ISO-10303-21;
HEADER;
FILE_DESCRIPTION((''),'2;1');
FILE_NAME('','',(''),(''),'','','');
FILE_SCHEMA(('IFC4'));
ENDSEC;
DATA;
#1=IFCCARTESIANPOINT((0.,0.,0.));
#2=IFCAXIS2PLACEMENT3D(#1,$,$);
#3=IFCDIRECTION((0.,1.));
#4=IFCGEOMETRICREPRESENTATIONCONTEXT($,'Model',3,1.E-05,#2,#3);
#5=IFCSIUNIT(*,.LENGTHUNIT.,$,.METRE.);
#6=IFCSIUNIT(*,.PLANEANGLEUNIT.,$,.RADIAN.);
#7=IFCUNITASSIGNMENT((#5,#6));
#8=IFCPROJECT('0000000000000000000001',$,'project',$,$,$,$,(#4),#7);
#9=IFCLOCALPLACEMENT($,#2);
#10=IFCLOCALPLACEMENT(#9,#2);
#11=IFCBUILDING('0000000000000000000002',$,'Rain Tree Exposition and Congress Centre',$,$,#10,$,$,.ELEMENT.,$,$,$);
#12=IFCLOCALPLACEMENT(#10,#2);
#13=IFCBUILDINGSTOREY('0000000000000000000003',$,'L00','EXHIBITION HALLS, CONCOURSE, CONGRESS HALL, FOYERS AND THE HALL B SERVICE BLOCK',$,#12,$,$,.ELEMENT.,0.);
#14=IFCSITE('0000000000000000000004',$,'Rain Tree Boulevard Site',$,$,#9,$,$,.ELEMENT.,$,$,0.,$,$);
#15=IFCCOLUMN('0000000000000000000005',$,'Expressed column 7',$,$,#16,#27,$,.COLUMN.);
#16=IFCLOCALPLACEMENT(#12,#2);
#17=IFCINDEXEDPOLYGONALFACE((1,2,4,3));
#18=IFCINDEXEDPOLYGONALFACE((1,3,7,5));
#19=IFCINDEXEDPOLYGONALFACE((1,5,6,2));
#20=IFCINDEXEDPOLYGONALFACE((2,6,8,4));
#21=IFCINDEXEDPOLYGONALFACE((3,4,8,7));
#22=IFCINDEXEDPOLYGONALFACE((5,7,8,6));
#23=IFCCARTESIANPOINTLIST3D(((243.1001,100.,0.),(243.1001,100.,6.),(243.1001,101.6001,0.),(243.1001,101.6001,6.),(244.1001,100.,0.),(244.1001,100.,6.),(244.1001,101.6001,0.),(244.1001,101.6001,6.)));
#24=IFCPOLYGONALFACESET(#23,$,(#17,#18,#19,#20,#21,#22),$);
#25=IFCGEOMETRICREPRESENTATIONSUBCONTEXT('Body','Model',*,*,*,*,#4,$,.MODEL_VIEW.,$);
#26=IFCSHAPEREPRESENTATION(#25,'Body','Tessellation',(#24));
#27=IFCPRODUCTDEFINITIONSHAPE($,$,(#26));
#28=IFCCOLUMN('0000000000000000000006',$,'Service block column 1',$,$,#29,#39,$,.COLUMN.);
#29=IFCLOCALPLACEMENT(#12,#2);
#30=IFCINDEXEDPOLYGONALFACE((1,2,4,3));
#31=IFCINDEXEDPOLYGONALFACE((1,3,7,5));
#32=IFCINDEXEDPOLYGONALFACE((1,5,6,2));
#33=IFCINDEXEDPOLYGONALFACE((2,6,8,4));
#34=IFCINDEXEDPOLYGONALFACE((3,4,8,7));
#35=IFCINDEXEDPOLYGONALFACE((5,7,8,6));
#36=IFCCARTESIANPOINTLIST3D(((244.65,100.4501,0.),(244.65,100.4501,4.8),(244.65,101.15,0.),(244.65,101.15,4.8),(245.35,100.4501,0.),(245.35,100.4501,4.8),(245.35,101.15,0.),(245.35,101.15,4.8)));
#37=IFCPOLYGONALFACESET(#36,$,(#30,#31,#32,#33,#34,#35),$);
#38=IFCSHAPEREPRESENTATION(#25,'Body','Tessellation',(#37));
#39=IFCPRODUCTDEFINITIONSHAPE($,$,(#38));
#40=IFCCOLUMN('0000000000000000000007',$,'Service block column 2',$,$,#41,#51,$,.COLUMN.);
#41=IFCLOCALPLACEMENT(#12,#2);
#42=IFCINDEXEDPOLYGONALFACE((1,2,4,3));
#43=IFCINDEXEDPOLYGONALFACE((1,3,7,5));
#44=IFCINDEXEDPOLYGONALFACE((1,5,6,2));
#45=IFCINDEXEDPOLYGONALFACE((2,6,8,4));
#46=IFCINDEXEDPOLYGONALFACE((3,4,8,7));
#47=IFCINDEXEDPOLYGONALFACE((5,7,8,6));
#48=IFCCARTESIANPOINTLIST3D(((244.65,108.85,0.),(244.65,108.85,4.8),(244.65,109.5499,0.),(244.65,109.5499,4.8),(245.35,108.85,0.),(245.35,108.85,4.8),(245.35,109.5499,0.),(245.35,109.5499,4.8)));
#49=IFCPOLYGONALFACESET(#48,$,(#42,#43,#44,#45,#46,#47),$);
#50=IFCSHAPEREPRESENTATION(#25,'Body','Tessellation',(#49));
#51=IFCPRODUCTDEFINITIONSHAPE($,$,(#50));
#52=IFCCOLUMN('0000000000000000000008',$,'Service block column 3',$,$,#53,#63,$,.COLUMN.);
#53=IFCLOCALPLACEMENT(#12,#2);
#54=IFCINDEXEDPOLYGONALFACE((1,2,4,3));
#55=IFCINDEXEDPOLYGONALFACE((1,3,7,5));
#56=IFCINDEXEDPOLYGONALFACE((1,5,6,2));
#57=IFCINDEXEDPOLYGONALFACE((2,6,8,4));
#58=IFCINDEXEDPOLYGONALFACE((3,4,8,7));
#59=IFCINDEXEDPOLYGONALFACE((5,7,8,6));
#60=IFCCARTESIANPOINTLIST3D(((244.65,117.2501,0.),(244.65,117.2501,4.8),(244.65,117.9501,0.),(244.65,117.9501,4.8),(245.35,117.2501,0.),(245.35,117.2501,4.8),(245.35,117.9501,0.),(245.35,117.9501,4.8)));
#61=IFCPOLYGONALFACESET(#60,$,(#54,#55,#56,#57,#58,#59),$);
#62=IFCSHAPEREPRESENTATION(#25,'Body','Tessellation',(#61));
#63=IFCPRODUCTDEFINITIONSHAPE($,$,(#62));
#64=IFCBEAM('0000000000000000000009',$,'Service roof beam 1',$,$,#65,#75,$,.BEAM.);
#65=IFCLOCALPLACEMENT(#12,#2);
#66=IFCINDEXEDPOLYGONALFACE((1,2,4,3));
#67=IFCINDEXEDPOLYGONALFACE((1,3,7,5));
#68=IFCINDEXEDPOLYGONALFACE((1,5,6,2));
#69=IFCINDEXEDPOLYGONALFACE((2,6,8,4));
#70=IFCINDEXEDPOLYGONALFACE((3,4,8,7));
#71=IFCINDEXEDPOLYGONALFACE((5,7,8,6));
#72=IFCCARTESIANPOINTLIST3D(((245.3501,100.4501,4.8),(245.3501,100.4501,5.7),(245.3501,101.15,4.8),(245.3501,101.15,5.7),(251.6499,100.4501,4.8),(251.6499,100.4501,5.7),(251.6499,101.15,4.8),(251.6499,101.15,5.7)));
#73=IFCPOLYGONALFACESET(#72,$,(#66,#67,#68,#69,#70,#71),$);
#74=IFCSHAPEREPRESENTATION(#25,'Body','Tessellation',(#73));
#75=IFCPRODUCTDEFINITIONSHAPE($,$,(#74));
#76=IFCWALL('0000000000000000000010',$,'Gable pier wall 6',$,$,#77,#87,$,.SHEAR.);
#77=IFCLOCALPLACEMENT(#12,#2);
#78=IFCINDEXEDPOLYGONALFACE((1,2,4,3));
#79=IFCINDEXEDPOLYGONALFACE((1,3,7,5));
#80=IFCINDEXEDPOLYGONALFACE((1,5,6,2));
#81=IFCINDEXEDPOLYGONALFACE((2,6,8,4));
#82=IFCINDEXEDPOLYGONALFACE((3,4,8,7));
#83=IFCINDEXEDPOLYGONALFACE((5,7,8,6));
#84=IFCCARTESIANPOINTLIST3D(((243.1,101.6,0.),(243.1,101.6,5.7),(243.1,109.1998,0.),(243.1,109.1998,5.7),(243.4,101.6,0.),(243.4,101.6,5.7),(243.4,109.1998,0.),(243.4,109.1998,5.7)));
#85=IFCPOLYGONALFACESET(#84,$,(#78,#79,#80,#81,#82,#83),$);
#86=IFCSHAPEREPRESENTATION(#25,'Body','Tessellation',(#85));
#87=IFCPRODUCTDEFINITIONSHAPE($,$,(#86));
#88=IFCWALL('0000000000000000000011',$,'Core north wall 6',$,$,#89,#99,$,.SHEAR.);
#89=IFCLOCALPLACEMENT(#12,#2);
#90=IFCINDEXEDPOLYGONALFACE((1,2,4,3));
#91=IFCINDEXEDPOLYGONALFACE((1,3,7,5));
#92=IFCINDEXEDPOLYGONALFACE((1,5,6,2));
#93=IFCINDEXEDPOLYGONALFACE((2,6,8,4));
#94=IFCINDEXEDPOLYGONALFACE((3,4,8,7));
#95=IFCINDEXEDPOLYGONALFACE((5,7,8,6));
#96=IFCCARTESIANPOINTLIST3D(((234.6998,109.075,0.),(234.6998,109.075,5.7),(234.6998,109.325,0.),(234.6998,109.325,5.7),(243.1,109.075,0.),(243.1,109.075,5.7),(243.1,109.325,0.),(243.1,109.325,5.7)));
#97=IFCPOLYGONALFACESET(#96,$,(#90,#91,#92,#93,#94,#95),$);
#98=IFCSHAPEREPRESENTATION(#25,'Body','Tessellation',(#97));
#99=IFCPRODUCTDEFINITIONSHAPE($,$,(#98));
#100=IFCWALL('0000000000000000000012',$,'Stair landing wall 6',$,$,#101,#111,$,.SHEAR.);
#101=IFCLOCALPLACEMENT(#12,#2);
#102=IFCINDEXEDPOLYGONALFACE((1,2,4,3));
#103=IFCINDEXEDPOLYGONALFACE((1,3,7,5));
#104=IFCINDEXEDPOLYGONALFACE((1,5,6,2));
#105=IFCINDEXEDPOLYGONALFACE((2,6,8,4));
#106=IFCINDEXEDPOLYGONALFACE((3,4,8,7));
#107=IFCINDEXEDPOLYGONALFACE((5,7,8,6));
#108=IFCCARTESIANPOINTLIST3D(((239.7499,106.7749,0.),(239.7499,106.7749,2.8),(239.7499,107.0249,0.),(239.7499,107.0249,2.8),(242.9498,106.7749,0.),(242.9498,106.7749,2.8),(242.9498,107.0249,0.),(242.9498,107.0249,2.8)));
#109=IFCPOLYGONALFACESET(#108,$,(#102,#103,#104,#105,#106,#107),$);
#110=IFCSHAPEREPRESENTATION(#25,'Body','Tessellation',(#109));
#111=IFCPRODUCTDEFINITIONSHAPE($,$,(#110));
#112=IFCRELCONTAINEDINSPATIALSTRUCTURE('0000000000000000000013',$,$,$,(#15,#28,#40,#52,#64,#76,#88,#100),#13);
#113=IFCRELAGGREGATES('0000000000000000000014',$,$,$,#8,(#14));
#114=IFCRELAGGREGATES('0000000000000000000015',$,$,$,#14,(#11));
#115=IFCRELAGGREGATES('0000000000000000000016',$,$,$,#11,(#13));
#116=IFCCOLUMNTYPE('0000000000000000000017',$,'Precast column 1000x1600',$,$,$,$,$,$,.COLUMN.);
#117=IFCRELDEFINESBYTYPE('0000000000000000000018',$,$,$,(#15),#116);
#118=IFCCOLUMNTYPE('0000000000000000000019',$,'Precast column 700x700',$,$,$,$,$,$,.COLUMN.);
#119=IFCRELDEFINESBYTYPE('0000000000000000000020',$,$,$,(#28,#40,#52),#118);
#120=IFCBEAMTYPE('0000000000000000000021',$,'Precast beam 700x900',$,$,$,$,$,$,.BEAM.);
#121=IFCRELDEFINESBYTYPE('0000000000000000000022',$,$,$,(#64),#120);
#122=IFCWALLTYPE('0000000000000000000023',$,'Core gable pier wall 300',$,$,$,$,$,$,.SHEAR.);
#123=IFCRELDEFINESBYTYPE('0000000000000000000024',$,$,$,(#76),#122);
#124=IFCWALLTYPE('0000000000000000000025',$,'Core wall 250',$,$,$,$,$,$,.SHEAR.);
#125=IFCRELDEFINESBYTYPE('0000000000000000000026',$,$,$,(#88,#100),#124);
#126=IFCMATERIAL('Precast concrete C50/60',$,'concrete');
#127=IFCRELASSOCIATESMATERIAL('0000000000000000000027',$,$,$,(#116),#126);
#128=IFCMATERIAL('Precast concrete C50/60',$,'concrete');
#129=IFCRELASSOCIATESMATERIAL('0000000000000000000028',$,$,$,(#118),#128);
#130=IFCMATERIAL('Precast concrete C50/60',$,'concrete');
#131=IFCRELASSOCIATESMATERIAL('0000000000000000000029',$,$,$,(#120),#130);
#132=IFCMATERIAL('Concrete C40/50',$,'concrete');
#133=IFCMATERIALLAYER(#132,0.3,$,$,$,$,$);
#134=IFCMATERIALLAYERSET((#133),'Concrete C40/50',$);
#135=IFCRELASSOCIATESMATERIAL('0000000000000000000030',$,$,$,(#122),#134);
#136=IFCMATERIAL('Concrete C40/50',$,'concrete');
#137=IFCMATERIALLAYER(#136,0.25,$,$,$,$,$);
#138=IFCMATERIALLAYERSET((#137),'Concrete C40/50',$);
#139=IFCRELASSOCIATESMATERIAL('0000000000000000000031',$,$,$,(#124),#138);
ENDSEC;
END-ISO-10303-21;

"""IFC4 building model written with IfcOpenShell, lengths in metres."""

from ifc_helpers import new_model, si_unit, direction, frame, frame_2d, origin, origin_2d, place, context, subcontext, project, spatial, rectangle, extrude, material, layer, layer_set, material_profile, profile_set, type_object, element, save


model = new_model("IFC4")

# Units and contexts
model_context = context("Model", 3, precision=1e-05, world=origin(), true_north=direction((0.0, 1.0)))
body_context = subcontext(model_context, "Body", "Model", "MODEL_VIEW")
ifc_project = project(units=[si_unit("LENGTHUNIT", "METRE"), si_unit("PLANEANGLEUNIT", "RADIAN")], contexts=[model_context])

# Site, building, storey
site_placement = place(None, origin())
site = spatial("IfcSite", under=ifc_project, at=site_placement, Name="Rain Tree Boulevard Site", CompositionType="ELEMENT", RefElevation=0.0)
building_placement = place(site_placement, origin())
building = spatial("IfcBuilding", under=site, at=building_placement, Name="Rain Tree Exposition and Congress Centre", CompositionType="ELEMENT")
storey_placement = place(building_placement, origin())
storey = spatial("IfcBuildingStorey", under=building, at=storey_placement, Name="L00", Description="EXHIBITION HALLS, CONCOURSE, CONGRESS HALL, FOYERS AND THE HALL B SERVICE BLOCK", CompositionType="ELEMENT", Elevation=0.0)

# Columns
ifc_material_1 = material(Name="Precast concrete C50/60", Category="concrete")
ifc_material_profile_1 = material_profile(ifc_material_1, rectangle(XDim=1.0, YDim=1.6001, at=origin_2d()), Name="RC 1000x1600")
ifc_profile_set_1 = profile_set([ifc_material_profile_1], Name="Precast concrete C50/60")
column_type_1 = type_object("IfcColumnType", Name="Precast column 1000x1600", PredefinedType="COLUMN", material=ifc_profile_set_1)
column_placement = place(storey_placement, frame((243.6001, 100.8, 0.0), z_axis=(0.0, 0.0, 1.0), x_axis=(1.0, 0.0, 0.0)))
element("IfcColumn", 1, at=column_placement, inside=storey, type_object=column_type_1, Name="Expressed column 7", PredefinedType="COLUMN", context=body_context, shape_type="SweptSolid", body=[
    extrude(rectangle(XDim=1.0, YDim=1.6001, at=origin_2d()), origin(), (0.0, 0.0, 1.0), 6.0),
])
ifc_material_2 = material(Name="Precast concrete C50/60", Category="concrete")
ifc_material_profile_2 = material_profile(ifc_material_2, rectangle(XDim=0.7, YDim=0.7, at=origin_2d()), Name="RC 700x700")
ifc_profile_set_2 = profile_set([ifc_material_profile_2], Name="Precast concrete C50/60")
column_type_2 = type_object("IfcColumnType", Name="Precast column 700x700", PredefinedType="COLUMN", material=ifc_profile_set_2)
for number, where, z_axis, x_axis, name in (
    (2, (245.0, 100.8, 0.0), (0.0, 0.0, 1.0), (1.0, 0.0, 0.0), "Service block column 1"),
    (3, (245.0, 109.2, 0.0), (0.0, 0.0, 1.0), (1.0, 0.0, 0.0), "Service block column 2"),
    (4, (245.0, 117.6001, 0.0), (0.0, 0.0, 1.0), (1.0, 0.0, 0.0), "Service block column 3"),
):
    element("IfcColumn", number, at=place(storey_placement, frame(where, z_axis=z_axis, x_axis=x_axis)), inside=storey, type_object=column_type_2, Name=name, PredefinedType="COLUMN", context=body_context, shape_type="SweptSolid", body=[
        extrude(rectangle(XDim=0.7, YDim=0.7, at=origin_2d()), origin(), (0.0, 0.0, 1.0), 4.8),
    ])

# Beam
ifc_material_3 = material(Name="Precast concrete C50/60", Category="concrete")
ifc_material_profile_3 = material_profile(ifc_material_3, rectangle(XDim=0.7, YDim=0.8999, at=origin_2d()), Name="RC 700x900")
ifc_profile_set_3 = profile_set([ifc_material_profile_3], Name="Precast concrete C50/60")
beam_type = type_object("IfcBeamType", Name="Precast beam 700x900", PredefinedType="BEAM", material=ifc_profile_set_3)
beam_placement = place(storey_placement, frame((245.3501, 100.8, 5.25), z_axis=(1.0, 0.0, 0.0), x_axis=(0.0, 1.0, 0.0)))
element("IfcBeam", 5, at=beam_placement, inside=storey, type_object=beam_type, Name="Service roof beam 1", PredefinedType="BEAM", context=body_context, shape_type="SweptSolid", body=[
    extrude(rectangle(XDim=0.7, YDim=0.8999, at=origin_2d()), origin(), (0.0, 0.0, 1.0), 6.2998),
])

# Walls
ifc_material_4 = material(Name="Concrete C40/50", Category="concrete")
ifc_layer_1 = layer(ifc_material_4, 0.3)
ifc_layer_set_1 = layer_set([ifc_layer_1], Name="Concrete C40/50")
wall_type_1 = type_object("IfcWallType", Name="Core gable pier wall 300", PredefinedType="SHEAR", material=ifc_layer_set_1)
wall_1_placement = place(storey_placement, frame((243.25, 101.6001, 0.0), z_axis=(0.0, 0.0, 1.0), x_axis=(0.0, 1.0, 0.0)))
element("IfcWall", 6, at=wall_1_placement, inside=storey, type_object=wall_type_1, Name="Gable pier wall 6", PredefinedType="SHEAR", context=body_context, shape_type="SweptSolid", body=[
    extrude(rectangle(XDim=7.5999, YDim=0.3, at=frame_2d((3.7998, 0.0))), origin(), (0.0, 0.0, 1.0), 5.7),
])
ifc_material_5 = material(Name="Concrete C40/50", Category="concrete")
ifc_layer_2 = layer(ifc_material_5, 0.25)
ifc_layer_set_2 = layer_set([ifc_layer_2], Name="Concrete C40/50")
wall_type_2 = type_object("IfcWallType", Name="Core wall 250", PredefinedType="SHEAR", material=ifc_layer_set_2)
wall_2_placement = place(storey_placement, frame((243.1001, 109.2, 0.0), z_axis=(0.0, 0.0, 1.0), x_axis=(-1.0, 0.0, 0.0)))
element("IfcWall", 7, at=wall_2_placement, inside=storey, type_object=wall_type_2, Name="Core north wall 6", PredefinedType="SHEAR", context=body_context, shape_type="SweptSolid", body=[
    extrude(rectangle(XDim=8.4001, YDim=0.25, at=frame_2d((4.2002, 0.0))), origin(), (0.0, 0.0, 1.0), 5.7),
])
wall_3_placement = place(storey_placement, frame((242.95, 106.8999, 0.0), z_axis=(0.0, 0.0, 1.0), x_axis=(-1.0, 0.0, 0.0)))
element("IfcWall", 8, at=wall_3_placement, inside=storey, type_object=wall_type_2, Name="Stair landing wall 6", PredefinedType="SHEAR", context=body_context, shape_type="SweptSolid", body=[
    extrude(rectangle(XDim=3.2, YDim=0.25, at=frame_2d((1.6001, 0.0))), origin(), (0.0, 0.0, 1.0), 2.8),
])

save(model, "model.ifc")
